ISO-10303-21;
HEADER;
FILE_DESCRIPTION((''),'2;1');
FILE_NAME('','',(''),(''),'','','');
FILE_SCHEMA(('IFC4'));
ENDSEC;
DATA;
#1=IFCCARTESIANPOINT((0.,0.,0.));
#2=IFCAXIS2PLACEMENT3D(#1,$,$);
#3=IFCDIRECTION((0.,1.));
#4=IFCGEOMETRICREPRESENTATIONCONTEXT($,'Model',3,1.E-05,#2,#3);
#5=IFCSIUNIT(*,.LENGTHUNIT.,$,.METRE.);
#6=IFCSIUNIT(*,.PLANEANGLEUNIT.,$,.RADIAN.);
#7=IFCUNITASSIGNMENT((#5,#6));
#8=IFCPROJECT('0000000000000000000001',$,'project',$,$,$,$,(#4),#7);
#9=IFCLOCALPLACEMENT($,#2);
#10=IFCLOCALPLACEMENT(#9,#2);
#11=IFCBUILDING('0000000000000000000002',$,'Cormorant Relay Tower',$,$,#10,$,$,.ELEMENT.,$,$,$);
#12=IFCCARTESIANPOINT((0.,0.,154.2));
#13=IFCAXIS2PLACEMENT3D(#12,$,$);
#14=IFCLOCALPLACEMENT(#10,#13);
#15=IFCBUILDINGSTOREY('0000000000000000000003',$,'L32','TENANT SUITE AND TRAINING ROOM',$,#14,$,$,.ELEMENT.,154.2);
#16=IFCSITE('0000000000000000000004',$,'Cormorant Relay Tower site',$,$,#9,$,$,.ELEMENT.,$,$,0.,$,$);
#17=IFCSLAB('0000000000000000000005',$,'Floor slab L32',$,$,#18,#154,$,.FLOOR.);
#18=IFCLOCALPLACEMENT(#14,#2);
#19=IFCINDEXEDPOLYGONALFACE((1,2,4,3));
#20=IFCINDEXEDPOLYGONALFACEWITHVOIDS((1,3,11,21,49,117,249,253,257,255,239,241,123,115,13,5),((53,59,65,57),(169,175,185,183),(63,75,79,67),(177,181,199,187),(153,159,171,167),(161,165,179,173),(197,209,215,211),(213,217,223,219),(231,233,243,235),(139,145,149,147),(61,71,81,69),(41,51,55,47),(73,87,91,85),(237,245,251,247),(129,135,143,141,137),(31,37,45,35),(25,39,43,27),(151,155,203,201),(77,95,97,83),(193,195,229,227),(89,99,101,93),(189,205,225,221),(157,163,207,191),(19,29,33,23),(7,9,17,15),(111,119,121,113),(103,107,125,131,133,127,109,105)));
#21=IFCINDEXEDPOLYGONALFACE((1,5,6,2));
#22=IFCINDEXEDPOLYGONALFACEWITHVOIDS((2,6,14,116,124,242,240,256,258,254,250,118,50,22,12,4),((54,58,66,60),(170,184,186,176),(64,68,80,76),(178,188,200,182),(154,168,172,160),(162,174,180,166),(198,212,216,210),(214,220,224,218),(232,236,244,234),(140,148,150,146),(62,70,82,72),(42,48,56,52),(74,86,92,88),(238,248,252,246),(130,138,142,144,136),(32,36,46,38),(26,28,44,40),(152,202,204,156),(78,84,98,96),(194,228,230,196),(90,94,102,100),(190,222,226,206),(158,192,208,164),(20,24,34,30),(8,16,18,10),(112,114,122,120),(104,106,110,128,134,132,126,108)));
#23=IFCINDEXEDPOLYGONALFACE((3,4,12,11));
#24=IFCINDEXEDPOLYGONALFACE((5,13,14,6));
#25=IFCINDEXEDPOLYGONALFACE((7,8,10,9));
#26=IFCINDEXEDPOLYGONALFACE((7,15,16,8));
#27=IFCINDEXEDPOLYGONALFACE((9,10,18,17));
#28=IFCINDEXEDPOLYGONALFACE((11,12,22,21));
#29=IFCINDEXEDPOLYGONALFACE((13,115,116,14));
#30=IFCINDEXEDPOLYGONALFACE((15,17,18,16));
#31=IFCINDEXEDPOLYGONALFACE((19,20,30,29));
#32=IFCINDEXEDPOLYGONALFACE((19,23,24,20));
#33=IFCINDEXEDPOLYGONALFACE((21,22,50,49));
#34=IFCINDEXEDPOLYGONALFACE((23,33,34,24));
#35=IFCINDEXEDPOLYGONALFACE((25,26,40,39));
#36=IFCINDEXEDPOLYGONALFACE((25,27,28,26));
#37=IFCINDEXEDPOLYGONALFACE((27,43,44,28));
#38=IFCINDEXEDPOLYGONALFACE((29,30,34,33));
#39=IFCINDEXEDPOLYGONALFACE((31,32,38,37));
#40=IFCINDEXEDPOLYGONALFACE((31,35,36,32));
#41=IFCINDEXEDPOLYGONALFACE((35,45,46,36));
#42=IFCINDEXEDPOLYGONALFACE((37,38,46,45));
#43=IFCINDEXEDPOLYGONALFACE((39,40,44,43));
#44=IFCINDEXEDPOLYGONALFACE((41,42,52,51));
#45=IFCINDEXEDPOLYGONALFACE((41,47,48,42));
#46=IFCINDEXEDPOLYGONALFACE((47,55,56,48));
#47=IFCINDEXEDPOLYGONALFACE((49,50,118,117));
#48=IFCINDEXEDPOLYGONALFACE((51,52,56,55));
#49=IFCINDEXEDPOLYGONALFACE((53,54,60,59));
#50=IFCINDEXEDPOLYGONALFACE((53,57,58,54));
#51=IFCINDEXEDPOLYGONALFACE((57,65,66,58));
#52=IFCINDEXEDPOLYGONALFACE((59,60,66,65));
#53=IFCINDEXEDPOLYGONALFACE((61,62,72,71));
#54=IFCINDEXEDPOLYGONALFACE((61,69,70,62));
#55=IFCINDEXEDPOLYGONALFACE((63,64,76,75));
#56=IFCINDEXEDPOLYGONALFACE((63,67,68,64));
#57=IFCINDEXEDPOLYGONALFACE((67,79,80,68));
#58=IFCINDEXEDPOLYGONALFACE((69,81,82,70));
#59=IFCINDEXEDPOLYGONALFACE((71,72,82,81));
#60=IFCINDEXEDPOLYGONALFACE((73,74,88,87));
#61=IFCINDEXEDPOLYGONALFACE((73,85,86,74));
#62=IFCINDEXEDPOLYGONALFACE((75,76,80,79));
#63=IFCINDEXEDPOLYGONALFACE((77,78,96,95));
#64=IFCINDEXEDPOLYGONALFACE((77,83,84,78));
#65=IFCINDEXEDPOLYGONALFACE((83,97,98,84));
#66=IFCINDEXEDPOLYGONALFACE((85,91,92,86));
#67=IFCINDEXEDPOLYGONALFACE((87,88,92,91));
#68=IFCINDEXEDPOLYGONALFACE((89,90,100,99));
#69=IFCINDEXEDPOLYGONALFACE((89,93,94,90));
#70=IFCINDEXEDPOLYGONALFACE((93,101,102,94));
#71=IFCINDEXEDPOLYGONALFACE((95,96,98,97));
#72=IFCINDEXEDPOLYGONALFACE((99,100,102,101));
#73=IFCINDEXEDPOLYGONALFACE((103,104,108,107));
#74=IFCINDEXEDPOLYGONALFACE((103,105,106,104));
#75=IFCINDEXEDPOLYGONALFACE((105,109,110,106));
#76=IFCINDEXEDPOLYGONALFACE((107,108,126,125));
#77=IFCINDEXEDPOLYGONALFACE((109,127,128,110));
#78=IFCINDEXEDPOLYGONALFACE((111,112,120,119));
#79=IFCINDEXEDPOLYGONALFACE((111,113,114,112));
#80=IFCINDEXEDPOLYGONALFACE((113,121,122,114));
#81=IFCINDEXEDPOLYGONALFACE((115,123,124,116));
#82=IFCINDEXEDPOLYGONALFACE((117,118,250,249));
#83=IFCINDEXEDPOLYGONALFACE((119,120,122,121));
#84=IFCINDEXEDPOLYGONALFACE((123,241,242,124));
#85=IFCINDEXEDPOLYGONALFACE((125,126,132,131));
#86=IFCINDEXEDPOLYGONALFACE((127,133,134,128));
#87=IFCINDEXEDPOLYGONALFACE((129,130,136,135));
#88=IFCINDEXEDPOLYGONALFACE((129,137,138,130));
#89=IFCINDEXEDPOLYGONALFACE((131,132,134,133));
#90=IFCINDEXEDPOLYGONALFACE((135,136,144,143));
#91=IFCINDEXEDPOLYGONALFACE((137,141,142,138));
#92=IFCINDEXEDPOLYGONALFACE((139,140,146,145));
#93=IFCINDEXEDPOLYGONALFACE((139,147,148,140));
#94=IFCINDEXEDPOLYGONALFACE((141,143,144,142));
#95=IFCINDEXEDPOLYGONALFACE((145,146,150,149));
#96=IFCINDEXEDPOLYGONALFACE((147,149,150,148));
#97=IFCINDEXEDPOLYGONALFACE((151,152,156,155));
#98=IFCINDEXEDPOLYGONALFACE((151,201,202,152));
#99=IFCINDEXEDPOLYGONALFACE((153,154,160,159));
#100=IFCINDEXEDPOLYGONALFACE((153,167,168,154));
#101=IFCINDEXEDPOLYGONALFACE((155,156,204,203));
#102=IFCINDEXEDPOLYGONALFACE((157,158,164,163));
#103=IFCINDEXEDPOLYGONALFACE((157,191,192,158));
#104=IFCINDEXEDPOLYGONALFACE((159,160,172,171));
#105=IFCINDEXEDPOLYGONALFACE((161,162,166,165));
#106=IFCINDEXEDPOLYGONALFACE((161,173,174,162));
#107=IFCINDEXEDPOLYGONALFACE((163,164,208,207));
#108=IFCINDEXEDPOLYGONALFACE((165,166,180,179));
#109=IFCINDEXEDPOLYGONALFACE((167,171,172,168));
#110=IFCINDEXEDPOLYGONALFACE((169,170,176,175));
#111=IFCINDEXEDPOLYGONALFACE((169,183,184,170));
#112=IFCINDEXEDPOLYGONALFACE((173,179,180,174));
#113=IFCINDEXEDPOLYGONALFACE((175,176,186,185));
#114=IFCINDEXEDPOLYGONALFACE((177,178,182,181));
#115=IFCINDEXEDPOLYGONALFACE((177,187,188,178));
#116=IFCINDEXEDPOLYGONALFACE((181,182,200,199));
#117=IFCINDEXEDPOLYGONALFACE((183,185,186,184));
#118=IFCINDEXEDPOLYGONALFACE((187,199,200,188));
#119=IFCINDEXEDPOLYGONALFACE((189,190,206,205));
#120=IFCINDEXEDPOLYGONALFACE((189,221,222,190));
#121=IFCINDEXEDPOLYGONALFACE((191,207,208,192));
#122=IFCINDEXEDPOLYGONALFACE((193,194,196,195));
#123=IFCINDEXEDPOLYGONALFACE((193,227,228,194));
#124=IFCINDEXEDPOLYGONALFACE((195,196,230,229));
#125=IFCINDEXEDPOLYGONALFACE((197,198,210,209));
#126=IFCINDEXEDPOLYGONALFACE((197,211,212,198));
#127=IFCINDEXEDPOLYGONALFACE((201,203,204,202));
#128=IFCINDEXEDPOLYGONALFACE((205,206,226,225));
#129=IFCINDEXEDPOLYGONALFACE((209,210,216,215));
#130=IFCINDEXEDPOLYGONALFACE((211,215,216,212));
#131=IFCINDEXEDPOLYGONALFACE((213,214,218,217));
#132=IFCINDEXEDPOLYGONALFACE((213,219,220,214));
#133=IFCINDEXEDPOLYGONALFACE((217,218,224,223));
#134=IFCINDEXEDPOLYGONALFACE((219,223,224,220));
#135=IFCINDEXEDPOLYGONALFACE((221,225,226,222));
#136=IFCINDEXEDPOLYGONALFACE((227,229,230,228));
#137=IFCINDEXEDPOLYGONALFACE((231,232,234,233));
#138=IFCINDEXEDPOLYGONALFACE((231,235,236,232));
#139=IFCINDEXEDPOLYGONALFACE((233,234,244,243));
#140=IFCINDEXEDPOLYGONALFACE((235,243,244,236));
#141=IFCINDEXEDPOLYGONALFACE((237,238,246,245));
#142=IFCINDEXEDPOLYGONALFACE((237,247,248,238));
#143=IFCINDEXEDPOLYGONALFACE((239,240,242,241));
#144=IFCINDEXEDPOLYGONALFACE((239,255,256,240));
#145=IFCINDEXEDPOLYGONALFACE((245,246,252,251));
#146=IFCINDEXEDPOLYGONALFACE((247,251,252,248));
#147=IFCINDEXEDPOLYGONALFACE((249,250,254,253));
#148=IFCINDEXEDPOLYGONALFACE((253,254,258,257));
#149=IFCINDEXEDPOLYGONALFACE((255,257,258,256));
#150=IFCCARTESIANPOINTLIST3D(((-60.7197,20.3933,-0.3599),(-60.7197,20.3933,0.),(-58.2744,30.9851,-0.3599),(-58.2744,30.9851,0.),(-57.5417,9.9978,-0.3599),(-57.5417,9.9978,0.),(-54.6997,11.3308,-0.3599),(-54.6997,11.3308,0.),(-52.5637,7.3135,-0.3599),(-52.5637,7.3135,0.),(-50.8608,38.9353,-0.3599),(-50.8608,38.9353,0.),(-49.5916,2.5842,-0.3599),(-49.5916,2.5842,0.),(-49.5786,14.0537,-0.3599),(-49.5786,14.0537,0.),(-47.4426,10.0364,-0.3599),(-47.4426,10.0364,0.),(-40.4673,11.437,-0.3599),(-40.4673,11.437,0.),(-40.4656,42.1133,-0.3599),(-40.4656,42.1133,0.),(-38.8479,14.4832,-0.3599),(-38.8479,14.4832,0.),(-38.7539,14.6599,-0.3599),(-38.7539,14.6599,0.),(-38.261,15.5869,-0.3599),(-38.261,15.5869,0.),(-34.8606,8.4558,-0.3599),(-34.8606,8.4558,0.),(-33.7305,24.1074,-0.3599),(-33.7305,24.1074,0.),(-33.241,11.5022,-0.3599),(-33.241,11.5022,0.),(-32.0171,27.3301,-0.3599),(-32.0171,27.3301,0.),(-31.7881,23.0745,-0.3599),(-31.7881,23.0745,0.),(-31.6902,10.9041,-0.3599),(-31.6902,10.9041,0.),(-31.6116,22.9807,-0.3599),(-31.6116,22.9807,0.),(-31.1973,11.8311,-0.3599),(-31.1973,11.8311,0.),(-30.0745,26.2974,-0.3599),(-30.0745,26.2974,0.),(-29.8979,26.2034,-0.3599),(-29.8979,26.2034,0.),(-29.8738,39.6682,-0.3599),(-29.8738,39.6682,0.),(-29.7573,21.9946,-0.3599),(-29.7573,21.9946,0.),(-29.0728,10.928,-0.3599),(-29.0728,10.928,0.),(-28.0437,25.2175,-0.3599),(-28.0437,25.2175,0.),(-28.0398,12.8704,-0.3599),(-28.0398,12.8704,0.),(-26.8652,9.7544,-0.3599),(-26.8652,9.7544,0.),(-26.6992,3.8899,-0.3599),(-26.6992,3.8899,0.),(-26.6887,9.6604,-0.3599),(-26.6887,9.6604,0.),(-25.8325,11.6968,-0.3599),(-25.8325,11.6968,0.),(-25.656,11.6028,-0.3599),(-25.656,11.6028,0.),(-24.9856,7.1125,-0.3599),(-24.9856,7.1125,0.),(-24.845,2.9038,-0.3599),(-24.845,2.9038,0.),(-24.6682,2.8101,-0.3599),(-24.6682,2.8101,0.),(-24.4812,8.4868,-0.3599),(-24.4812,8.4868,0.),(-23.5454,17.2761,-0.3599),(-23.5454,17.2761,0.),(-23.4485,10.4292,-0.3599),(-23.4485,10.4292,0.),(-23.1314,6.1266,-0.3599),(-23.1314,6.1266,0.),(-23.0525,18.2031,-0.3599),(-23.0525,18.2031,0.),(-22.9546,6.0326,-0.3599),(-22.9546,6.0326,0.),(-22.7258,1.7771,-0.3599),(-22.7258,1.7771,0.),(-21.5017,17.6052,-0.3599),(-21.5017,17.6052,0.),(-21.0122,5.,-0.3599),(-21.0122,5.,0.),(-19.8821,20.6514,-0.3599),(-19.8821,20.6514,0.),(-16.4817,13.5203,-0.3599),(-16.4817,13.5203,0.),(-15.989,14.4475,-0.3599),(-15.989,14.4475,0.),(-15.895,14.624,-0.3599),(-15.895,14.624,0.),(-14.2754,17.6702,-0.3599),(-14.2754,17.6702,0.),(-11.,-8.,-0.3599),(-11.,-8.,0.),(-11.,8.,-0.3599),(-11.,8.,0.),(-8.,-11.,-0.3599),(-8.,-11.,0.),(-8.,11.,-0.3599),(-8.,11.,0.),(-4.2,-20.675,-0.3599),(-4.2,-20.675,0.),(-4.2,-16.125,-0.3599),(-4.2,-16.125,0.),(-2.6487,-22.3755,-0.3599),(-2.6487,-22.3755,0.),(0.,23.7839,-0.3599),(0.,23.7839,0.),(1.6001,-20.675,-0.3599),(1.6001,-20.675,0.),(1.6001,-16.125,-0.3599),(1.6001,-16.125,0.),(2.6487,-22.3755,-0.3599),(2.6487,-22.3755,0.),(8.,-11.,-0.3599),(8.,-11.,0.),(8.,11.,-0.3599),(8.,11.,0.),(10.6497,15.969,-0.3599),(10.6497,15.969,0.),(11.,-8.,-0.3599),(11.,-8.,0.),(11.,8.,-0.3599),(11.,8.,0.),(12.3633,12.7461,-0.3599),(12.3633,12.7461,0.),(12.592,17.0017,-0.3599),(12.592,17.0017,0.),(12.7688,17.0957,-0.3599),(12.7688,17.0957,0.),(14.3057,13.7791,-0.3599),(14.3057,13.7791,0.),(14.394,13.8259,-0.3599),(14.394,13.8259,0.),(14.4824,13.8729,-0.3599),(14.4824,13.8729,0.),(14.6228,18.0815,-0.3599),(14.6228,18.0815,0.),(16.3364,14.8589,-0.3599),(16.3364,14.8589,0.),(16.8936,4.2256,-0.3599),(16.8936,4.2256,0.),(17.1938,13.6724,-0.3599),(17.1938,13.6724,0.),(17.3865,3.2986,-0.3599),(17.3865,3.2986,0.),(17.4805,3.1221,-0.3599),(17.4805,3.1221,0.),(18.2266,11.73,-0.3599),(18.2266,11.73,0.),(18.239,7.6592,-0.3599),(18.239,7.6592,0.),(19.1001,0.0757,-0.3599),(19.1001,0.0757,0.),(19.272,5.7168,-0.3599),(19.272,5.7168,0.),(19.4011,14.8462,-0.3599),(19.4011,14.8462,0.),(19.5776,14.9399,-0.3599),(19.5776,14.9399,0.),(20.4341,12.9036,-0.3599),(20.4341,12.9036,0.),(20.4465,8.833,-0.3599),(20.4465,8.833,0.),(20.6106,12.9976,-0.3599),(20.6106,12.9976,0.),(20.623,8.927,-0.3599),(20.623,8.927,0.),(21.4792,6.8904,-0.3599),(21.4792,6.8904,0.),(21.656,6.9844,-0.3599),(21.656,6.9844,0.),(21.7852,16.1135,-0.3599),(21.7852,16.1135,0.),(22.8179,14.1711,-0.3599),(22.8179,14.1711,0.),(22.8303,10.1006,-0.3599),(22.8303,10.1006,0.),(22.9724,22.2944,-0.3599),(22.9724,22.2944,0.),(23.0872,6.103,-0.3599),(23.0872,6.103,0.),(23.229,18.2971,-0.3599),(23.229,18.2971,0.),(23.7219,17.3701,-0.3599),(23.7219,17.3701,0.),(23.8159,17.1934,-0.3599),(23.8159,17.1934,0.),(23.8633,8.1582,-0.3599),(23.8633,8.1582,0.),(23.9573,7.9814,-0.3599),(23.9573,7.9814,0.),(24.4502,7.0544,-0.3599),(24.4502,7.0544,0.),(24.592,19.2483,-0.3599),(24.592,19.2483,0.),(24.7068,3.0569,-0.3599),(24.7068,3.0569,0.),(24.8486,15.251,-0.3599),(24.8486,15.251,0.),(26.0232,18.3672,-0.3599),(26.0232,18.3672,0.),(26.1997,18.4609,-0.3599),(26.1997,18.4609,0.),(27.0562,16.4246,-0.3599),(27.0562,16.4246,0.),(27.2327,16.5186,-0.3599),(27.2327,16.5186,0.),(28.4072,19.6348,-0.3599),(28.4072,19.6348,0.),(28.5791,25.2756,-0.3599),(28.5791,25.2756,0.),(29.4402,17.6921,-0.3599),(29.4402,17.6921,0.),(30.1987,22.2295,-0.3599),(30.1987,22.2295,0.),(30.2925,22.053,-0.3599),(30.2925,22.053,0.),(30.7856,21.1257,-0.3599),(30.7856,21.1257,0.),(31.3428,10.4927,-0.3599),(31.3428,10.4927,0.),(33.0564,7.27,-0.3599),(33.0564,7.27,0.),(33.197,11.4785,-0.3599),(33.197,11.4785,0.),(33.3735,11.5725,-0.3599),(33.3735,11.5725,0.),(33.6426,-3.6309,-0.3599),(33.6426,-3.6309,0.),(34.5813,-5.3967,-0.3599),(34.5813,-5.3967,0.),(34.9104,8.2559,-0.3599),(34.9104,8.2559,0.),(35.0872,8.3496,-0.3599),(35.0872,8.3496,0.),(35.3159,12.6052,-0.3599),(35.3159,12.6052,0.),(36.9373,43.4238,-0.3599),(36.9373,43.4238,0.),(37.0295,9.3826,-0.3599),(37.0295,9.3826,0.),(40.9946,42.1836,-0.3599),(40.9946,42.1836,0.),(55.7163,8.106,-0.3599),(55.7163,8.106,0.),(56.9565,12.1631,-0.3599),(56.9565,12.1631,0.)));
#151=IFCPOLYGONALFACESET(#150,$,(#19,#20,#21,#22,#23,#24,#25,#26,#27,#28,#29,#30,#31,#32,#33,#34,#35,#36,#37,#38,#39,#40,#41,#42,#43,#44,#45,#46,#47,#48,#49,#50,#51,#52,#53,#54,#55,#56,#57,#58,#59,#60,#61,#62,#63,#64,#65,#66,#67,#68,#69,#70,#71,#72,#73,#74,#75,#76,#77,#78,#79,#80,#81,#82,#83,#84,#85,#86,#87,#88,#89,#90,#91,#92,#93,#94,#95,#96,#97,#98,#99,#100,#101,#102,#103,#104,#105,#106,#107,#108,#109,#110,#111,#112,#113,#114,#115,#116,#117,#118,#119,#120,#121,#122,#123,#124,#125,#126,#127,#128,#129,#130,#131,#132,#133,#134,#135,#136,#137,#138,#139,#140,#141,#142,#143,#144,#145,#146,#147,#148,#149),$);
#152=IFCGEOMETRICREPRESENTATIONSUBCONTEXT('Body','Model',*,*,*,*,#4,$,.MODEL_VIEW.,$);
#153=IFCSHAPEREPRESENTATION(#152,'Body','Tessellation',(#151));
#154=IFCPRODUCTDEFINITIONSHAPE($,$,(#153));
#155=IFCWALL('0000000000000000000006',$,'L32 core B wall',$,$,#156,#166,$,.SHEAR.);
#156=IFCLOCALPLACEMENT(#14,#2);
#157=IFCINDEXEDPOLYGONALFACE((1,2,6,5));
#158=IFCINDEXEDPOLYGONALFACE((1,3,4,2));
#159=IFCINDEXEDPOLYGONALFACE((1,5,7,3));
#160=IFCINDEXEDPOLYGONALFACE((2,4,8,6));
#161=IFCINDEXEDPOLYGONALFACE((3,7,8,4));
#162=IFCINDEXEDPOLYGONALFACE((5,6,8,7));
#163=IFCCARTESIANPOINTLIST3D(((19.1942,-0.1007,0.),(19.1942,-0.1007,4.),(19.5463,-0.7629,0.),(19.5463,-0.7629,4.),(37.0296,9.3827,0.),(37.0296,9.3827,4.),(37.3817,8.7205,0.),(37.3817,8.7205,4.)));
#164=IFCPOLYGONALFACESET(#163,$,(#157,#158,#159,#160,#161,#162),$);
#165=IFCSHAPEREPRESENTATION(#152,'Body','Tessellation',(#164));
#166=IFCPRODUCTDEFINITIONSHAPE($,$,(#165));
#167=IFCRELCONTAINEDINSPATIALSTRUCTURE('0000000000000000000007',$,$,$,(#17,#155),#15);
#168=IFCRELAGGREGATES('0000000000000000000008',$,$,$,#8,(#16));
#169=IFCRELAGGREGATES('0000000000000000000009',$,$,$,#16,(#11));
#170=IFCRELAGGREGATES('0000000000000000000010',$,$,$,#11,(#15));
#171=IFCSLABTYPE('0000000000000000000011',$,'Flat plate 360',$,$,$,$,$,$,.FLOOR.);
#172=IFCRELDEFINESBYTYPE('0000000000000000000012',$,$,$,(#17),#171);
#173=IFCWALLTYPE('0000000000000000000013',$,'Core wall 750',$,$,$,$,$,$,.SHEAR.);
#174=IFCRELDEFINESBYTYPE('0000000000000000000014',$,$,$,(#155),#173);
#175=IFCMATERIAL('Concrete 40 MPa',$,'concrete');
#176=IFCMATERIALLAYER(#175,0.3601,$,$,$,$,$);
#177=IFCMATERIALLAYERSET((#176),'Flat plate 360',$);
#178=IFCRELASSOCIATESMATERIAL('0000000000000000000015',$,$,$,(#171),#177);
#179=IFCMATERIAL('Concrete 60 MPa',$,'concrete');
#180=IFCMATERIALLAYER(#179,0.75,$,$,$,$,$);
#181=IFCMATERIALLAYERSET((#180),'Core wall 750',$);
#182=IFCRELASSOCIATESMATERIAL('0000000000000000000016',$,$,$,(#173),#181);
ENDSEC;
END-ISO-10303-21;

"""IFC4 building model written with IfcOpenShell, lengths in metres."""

from ifc_helpers import new_model, si_unit, direction, frame, frame_2d, origin, place, context, subcontext, project, spatial, polyline, rectangle, outline, extrude, material, layer, layer_set, type_object, element, save


model = new_model("IFC4")

# Units and contexts
model_context = context("Model", 3, precision=1e-05, world=origin(), true_north=direction((0.0, 1.0)))
body_context = subcontext(model_context, "Body", "Model", "MODEL_VIEW")
ifc_project = project(units=[si_unit("LENGTHUNIT", "METRE"), si_unit("PLANEANGLEUNIT", "RADIAN")], contexts=[model_context])

# Site, building, storey
site_placement = place(None, origin())
site = spatial("IfcSite", under=ifc_project, at=site_placement, Name="Cormorant Relay Tower site", CompositionType="ELEMENT", RefElevation=0.0)
building_placement = place(site_placement, origin())
building = spatial("IfcBuilding", under=site, at=building_placement, Name="Cormorant Relay Tower", CompositionType="ELEMENT")
storey_placement = place(building_placement, frame((0.0, 0.0, 154.2)))
storey = spatial("IfcBuildingStorey", under=building, at=storey_placement, Name="L32", Description="TENANT SUITE AND TRAINING ROOM", CompositionType="ELEMENT", Elevation=154.2)

# Slab
ifc_material_1 = material(Name="Concrete 40 MPa", Category="concrete")
ifc_layer_1 = layer(ifc_material_1, 0.3601)
ifc_layer_set_1 = layer_set([ifc_layer_1], Name="Flat plate 360")
slab_type_1 = type_object("IfcSlabType", Name="Flat plate 360", PredefinedType="FLOOR", material=ifc_layer_set_1)
slab_1_placement = place(storey_placement, frame((0.0, 0.0, -0.3599)))
element("IfcSlab", 1, at=slab_1_placement, inside=storey, type_object=slab_type_1, Name="Floor slab L32", PredefinedType="FLOOR", context=body_context, shape_type="SweptSolid", body=[
    extrude(outline(polyline([(-60.7197, 20.3933), (-58.2744, 30.9851), (-50.8608, 38.9353), (-40.4656, 42.1133), (-29.8738, 39.6682), (0.0, 23.7839), (36.9373, 43.4238), (40.9946, 42.1836), (56.9565, 12.1631), (55.7163, 8.106), (33.6426, -3.6309), (34.5813, -5.3967), (2.6487, -22.3755), (-2.6487, -22.3755), (-49.5916, 2.5842), (-57.5417, 9.9978), (-60.7197, 20.3933)]), holes=[polyline([(11.0, -8.0), (11.0, 8.0), (8.0, 11.0), (-8.0, 11.0), (-11.0, 8.0), (-11.0, -8.0), (-8.0, -11.0), (8.0, -11.0), (11.0, -8.0)]), polyline([(-4.2, -16.125), (-4.2, -20.675), (1.6001, -20.675), (1.6001, -16.125), (-4.2, -16.125)]), polyline([(-22.9546, 6.0327), (-24.6682, 2.8101), (-22.7258, 1.7771), (-21.0122, 5.0), (-23.043, 6.0796), (-22.9546, 6.0327)]), polyline([(-24.9856, 7.1125), (-26.6992, 3.8899), (-24.845, 2.9038), (-23.1313, 6.1267), (-23.043, 6.0796), (-24.9856, 7.1125)]), polyline([(-26.6887, 9.6604), (-24.4812, 8.4868), (-23.4485, 10.4292), (-25.656, 11.6028), (-26.6887, 9.6604)]), polyline([(-49.5786, 14.0537), (-54.6997, 11.3308), (-52.5637, 7.3135), (-47.4426, 10.0364), (-49.5786, 14.0537)]), polyline([(-28.0398, 12.8704), (-29.0728, 10.928), (-26.8652, 9.7544), (-25.8325, 11.6968), (-28.0398, 12.8704)]), polyline([(-38.8479, 14.4832), (-40.4673, 11.437), (-34.8606, 8.4558), (-33.241, 11.5022), (-38.8479, 14.4832)]), polyline([(-38.261, 15.5869), (-38.7539, 14.6599), (-31.6902, 10.9041), (-31.1973, 11.8311), (-38.261, 15.5869)]), polyline([(14.3057, 13.7791), (12.592, 17.0017), (10.6497, 15.969), (12.3633, 12.7461), (14.394, 13.8259), (14.3057, 13.7791)]), polyline([(16.3364, 14.8589), (14.6228, 18.0815), (12.7688, 17.0957), (14.4824, 13.8728), (14.394, 13.8259), (16.3364, 14.8589)]), polyline([(-16.4817, 13.5203), (-15.989, 14.4475), (-23.0525, 18.2031), (-23.5454, 17.2761), (-16.4817, 13.5203)]), polyline([(-21.5017, 17.6052), (-15.895, 14.624), (-14.2754, 17.6702), (-19.8821, 20.6514), (-21.5017, 17.6052)]), polyline([(-31.6116, 22.9807), (-29.7573, 21.9946), (-28.0437, 25.2175), (-29.8979, 26.2034), (-31.6116, 22.9807)]), polyline([(-32.0171, 27.3301), (-33.7305, 24.1074), (-31.7881, 23.0745), (-30.0745, 26.2974), (-32.0171, 27.3301)]), polyline([(17.4805, 3.1221), (19.1001, 0.0757), (24.7068, 3.0569), (23.0872, 6.103), (17.4805, 3.1221)]), polyline([(16.8936, 4.2256), (17.3865, 3.2986), (24.4502, 7.0544), (23.9573, 7.9814), (16.8936, 4.2256)]), polyline([(20.4465, 8.833), (18.239, 7.6592), (19.272, 5.7168), (21.4792, 6.8904), (20.4465, 8.833)]), polyline([(20.623, 8.927), (21.656, 6.9844), (23.8633, 8.1582), (22.8303, 10.1006), (20.623, 8.927)]), polyline([(33.197, 11.4785), (31.3428, 10.4927), (33.0564, 7.27), (34.9104, 8.2559), (33.197, 11.4785)]), polyline([(33.3735, 11.5725), (35.0872, 8.3496), (37.0295, 9.3826), (35.3159, 12.6052), (33.3735, 11.5725)]), polyline([(19.4011, 14.8462), (17.1938, 13.6724), (18.2266, 11.73), (20.4341, 12.9036), (19.4011, 14.8462)]), polyline([(22.8179, 14.1711), (21.7852, 16.1135), (19.5776, 14.9399), (20.6106, 12.9976), (22.8179, 14.1711)]), polyline([(26.0232, 18.3672), (23.8159, 17.1934), (24.8486, 15.251), (27.0562, 16.4246), (26.0232, 18.3672)]), polyline([(29.4402, 17.6921), (28.4072, 19.6348), (26.1997, 18.4609), (27.2327, 16.5186), (29.4402, 17.6921)]), polyline([(30.7856, 21.1257), (30.2925, 22.053), (23.229, 18.2971), (23.7219, 17.3701), (30.7856, 21.1257)]), polyline([(24.592, 19.2483), (30.1987, 22.2295), (28.5791, 25.2756), (22.9724, 22.2944), (24.592, 19.2483)])]), origin(), (0.0, 0.0, 1.0), 0.3599),
])

# Shared definitions
ifc_material_2 = material(Name="Concrete 60 MPa", Category="concrete")
ifc_layer_2 = layer(ifc_material_2, 0.75)
ifc_layer_set_2 = layer_set([ifc_layer_2], Name="Core wall 750")
wall_type_1 = type_object("IfcWallType", Name="Core wall 750", PredefinedType="SHEAR", material=ifc_layer_set_2)

# Wall
wall_1_placement = place(storey_placement, frame((19.3701, -0.4319, 0.0), z_axis=(0.0, 0.0, 1.0), x_axis=(0.882945, 0.469476, 0.0)))
element("IfcWall", 2, at=wall_1_placement, inside=storey, type_object=wall_type_1, Name="L32 core B wall", PredefinedType="SHEAR", context=body_context, shape_type="SweptSolid", body=[
    extrude(rectangle(XDim=20.2, YDim=0.75, at=frame_2d((10.1001, 0.0))), origin(), (0.0, 0.0, 1.0), 4.0),
])

save(model, "model.ifc")
